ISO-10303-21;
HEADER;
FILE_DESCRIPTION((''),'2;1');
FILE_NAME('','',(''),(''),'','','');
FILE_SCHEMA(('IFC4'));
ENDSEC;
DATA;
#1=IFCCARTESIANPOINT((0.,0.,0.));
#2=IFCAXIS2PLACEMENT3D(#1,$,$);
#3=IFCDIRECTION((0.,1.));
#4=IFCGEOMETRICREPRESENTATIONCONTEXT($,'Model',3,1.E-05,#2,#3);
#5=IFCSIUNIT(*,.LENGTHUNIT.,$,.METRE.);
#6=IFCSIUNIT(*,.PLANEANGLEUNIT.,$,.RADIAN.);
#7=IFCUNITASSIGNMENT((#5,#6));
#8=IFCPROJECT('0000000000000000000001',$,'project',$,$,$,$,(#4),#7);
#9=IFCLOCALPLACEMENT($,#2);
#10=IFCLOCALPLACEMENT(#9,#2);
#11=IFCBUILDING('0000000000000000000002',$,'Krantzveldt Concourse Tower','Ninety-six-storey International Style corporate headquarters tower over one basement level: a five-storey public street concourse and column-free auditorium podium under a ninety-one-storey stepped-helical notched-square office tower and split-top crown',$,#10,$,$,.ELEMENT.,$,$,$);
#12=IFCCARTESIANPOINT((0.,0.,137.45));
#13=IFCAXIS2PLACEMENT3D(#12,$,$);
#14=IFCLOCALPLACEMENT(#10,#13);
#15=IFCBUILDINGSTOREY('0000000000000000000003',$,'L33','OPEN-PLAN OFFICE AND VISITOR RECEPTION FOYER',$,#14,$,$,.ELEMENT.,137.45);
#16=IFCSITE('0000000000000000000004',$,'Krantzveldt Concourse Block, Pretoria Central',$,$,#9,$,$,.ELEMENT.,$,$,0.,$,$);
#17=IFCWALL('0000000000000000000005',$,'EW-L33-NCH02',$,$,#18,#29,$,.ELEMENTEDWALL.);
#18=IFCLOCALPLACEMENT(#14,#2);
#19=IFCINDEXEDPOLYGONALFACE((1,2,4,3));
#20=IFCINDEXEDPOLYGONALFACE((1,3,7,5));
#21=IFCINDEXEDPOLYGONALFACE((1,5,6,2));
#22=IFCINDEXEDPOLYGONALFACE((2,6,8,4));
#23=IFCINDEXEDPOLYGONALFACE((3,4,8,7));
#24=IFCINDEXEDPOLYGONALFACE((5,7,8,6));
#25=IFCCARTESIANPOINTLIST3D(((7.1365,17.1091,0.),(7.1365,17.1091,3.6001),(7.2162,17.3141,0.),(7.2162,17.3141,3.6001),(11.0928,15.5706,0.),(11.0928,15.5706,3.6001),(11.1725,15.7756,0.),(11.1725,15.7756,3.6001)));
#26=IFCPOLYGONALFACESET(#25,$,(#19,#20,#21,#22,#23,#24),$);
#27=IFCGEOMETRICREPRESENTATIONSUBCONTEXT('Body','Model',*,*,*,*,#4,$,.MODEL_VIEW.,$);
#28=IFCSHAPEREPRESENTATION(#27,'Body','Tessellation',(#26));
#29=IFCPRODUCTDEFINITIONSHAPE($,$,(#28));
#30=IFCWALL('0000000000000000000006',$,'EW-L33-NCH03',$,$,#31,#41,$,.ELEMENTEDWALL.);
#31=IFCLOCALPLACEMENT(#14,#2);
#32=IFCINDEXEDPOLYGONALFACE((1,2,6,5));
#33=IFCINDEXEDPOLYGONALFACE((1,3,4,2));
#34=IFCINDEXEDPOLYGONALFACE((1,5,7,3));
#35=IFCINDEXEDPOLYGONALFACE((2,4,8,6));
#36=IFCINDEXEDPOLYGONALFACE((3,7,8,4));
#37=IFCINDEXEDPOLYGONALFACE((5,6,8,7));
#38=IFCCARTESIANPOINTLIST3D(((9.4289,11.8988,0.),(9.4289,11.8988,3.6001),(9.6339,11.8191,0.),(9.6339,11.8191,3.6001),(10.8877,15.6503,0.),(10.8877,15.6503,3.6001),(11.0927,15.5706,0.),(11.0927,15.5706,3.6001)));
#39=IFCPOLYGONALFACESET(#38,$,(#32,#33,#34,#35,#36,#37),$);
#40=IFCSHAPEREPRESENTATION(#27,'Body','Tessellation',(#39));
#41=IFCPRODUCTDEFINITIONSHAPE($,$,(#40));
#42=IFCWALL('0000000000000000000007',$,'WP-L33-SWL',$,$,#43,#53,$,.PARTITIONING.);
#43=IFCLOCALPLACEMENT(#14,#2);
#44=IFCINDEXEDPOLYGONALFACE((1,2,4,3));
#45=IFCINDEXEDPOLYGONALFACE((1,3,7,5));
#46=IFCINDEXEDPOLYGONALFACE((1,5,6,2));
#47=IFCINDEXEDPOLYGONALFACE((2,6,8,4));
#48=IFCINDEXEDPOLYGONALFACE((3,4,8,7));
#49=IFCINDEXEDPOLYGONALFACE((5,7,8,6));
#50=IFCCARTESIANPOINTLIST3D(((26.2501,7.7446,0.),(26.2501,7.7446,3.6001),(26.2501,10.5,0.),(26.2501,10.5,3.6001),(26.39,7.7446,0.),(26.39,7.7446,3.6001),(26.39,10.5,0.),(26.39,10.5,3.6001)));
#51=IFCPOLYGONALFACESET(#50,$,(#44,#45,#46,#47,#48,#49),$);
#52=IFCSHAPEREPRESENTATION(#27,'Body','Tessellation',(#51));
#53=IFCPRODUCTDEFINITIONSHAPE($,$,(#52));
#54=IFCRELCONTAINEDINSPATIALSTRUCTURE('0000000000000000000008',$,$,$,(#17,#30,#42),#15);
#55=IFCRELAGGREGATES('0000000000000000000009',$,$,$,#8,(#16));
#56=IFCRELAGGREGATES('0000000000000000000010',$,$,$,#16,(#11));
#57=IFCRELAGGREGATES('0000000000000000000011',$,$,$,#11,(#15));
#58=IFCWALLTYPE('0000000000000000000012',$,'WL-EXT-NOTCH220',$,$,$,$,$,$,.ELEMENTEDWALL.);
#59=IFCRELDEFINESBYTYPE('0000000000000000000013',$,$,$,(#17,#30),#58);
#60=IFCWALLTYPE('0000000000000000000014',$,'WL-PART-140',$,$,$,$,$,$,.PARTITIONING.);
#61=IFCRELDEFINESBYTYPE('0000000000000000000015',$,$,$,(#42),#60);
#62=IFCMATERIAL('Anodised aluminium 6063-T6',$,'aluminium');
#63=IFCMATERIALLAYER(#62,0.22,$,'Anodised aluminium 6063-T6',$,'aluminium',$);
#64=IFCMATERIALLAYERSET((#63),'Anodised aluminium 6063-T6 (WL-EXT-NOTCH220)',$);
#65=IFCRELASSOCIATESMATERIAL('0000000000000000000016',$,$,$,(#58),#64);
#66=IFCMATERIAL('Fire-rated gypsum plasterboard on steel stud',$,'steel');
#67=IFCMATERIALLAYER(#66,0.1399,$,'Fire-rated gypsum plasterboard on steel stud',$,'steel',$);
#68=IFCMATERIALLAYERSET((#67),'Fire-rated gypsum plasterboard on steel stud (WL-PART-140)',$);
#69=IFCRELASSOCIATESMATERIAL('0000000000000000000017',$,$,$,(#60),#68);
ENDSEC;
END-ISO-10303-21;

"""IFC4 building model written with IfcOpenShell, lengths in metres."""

from ifc_helpers import new_model, si_unit, direction, frame, frame_2d, origin, place, context, subcontext, project, spatial, rectangle, extrude, material, layer, layer_set, type_object, element, save


model = new_model("IFC4")

# Units and contexts
model_context = context("Model", 3, precision=1e-05, world=origin(), true_north=direction((0.0, 1.0)))
body_context = subcontext(model_context, "Body", "Model", "MODEL_VIEW")
ifc_project = project(units=[si_unit("LENGTHUNIT", "METRE"), si_unit("PLANEANGLEUNIT", "RADIAN")], contexts=[model_context])

# Site, building, storey
site_placement = place(None, origin())
site = spatial("IfcSite", under=ifc_project, at=site_placement, Name="Krantzveldt Concourse Block, Pretoria Central", CompositionType="ELEMENT", RefElevation=0.0)
building_placement = place(site_placement, origin())
building = spatial("IfcBuilding", under=site, at=building_placement, Name="Krantzveldt Concourse Tower", Description="Ninety-six-storey International Style corporate headquarters tower over one basement level: a five-storey public street concourse and column-free auditorium podium under a ninety-one-storey stepped-helical notched-square office tower and split-top crown", CompositionType="ELEMENT")
storey_placement = place(building_placement, frame((0.0, 0.0, 137.45)))
storey = spatial("IfcBuildingStorey", under=building, at=storey_placement, Name="L33", Description="OPEN-PLAN OFFICE AND VISITOR RECEPTION FOYER", CompositionType="ELEMENT", Elevation=137.45)

# Shared definitions
ifc_material_1 = material(Name="Anodised aluminium 6063-T6", Category="aluminium")

# Walls
ifc_layer_1 = layer(ifc_material_1, 0.22, Name="Anodised aluminium 6063-T6", Category="aluminium")
ifc_layer_set_1 = layer_set([ifc_layer_1], Name="Anodised aluminium 6063-T6 (WL-EXT-NOTCH220)")
wall_type_1 = type_object("IfcWallType", Name="WL-EXT-NOTCH220", PredefinedType="ELEMENTEDWALL", material=ifc_layer_set_1)
wall_1_placement = place(storey_placement, frame((7.1763, 17.2117, 0.0), z_axis=(0.0, 0.0, 1.0), x_axis=(0.932004, -0.362449, 0.0)))
element("IfcWall", 1, at=wall_1_placement, inside=storey, type_object=wall_type_1, Name="EW-L33-NCH02", PredefinedType="ELEMENTEDWALL", context=body_context, shape_type="SweptSolid", body=[
    extrude(rectangle(XDim=4.2449, YDim=0.22, at=frame_2d((2.1226, 0.0))), origin(), (0.0, 0.0, 1.0), 3.6001),
])
wall_2_placement = place(storey_placement, frame((10.9902, 15.6106, 0.0), z_axis=(0.0, 0.0, 1.0), x_axis=(-0.362411, -0.932018, 0.0)))
element("IfcWall", 2, at=wall_2_placement, inside=storey, type_object=wall_type_1, Name="EW-L33-NCH03", PredefinedType="ELEMENTEDWALL", context=body_context, shape_type="SweptSolid", body=[
    extrude(rectangle(XDim=4.0251, YDim=0.22, at=frame_2d((2.0127, 0.0))), origin(), (0.0, 0.0, 1.0), 3.6001),
])
ifc_material_2 = material(Name="Fire-rated gypsum plasterboard on steel stud", Category="steel")
ifc_layer_2 = layer(ifc_material_2, 0.1399, Name="Fire-rated gypsum plasterboard on steel stud", Category="steel")
ifc_layer_set_2 = layer_set([ifc_layer_2], Name="Fire-rated gypsum plasterboard on steel stud (WL-PART-140)")
wall_type_2 = type_object("IfcWallType", Name="WL-PART-140", PredefinedType="PARTITIONING", material=ifc_layer_set_2)
wall_3_placement = place(storey_placement, frame((26.3201, 7.7446, 0.0), z_axis=(0.0, 0.0, 1.0), x_axis=(0.0, 1.0, 0.0)))
element("IfcWall", 3, at=wall_3_placement, inside=storey, type_object=wall_type_2, Name="WP-L33-SWL", PredefinedType="PARTITIONING", context=body_context, shape_type="SweptSolid", body=[
    extrude(rectangle(XDim=2.7554, YDim=0.1399, at=frame_2d((1.3777, 0.0))), origin(), (0.0, 0.0, 1.0), 3.6001),
])

save(model, "model.ifc")
